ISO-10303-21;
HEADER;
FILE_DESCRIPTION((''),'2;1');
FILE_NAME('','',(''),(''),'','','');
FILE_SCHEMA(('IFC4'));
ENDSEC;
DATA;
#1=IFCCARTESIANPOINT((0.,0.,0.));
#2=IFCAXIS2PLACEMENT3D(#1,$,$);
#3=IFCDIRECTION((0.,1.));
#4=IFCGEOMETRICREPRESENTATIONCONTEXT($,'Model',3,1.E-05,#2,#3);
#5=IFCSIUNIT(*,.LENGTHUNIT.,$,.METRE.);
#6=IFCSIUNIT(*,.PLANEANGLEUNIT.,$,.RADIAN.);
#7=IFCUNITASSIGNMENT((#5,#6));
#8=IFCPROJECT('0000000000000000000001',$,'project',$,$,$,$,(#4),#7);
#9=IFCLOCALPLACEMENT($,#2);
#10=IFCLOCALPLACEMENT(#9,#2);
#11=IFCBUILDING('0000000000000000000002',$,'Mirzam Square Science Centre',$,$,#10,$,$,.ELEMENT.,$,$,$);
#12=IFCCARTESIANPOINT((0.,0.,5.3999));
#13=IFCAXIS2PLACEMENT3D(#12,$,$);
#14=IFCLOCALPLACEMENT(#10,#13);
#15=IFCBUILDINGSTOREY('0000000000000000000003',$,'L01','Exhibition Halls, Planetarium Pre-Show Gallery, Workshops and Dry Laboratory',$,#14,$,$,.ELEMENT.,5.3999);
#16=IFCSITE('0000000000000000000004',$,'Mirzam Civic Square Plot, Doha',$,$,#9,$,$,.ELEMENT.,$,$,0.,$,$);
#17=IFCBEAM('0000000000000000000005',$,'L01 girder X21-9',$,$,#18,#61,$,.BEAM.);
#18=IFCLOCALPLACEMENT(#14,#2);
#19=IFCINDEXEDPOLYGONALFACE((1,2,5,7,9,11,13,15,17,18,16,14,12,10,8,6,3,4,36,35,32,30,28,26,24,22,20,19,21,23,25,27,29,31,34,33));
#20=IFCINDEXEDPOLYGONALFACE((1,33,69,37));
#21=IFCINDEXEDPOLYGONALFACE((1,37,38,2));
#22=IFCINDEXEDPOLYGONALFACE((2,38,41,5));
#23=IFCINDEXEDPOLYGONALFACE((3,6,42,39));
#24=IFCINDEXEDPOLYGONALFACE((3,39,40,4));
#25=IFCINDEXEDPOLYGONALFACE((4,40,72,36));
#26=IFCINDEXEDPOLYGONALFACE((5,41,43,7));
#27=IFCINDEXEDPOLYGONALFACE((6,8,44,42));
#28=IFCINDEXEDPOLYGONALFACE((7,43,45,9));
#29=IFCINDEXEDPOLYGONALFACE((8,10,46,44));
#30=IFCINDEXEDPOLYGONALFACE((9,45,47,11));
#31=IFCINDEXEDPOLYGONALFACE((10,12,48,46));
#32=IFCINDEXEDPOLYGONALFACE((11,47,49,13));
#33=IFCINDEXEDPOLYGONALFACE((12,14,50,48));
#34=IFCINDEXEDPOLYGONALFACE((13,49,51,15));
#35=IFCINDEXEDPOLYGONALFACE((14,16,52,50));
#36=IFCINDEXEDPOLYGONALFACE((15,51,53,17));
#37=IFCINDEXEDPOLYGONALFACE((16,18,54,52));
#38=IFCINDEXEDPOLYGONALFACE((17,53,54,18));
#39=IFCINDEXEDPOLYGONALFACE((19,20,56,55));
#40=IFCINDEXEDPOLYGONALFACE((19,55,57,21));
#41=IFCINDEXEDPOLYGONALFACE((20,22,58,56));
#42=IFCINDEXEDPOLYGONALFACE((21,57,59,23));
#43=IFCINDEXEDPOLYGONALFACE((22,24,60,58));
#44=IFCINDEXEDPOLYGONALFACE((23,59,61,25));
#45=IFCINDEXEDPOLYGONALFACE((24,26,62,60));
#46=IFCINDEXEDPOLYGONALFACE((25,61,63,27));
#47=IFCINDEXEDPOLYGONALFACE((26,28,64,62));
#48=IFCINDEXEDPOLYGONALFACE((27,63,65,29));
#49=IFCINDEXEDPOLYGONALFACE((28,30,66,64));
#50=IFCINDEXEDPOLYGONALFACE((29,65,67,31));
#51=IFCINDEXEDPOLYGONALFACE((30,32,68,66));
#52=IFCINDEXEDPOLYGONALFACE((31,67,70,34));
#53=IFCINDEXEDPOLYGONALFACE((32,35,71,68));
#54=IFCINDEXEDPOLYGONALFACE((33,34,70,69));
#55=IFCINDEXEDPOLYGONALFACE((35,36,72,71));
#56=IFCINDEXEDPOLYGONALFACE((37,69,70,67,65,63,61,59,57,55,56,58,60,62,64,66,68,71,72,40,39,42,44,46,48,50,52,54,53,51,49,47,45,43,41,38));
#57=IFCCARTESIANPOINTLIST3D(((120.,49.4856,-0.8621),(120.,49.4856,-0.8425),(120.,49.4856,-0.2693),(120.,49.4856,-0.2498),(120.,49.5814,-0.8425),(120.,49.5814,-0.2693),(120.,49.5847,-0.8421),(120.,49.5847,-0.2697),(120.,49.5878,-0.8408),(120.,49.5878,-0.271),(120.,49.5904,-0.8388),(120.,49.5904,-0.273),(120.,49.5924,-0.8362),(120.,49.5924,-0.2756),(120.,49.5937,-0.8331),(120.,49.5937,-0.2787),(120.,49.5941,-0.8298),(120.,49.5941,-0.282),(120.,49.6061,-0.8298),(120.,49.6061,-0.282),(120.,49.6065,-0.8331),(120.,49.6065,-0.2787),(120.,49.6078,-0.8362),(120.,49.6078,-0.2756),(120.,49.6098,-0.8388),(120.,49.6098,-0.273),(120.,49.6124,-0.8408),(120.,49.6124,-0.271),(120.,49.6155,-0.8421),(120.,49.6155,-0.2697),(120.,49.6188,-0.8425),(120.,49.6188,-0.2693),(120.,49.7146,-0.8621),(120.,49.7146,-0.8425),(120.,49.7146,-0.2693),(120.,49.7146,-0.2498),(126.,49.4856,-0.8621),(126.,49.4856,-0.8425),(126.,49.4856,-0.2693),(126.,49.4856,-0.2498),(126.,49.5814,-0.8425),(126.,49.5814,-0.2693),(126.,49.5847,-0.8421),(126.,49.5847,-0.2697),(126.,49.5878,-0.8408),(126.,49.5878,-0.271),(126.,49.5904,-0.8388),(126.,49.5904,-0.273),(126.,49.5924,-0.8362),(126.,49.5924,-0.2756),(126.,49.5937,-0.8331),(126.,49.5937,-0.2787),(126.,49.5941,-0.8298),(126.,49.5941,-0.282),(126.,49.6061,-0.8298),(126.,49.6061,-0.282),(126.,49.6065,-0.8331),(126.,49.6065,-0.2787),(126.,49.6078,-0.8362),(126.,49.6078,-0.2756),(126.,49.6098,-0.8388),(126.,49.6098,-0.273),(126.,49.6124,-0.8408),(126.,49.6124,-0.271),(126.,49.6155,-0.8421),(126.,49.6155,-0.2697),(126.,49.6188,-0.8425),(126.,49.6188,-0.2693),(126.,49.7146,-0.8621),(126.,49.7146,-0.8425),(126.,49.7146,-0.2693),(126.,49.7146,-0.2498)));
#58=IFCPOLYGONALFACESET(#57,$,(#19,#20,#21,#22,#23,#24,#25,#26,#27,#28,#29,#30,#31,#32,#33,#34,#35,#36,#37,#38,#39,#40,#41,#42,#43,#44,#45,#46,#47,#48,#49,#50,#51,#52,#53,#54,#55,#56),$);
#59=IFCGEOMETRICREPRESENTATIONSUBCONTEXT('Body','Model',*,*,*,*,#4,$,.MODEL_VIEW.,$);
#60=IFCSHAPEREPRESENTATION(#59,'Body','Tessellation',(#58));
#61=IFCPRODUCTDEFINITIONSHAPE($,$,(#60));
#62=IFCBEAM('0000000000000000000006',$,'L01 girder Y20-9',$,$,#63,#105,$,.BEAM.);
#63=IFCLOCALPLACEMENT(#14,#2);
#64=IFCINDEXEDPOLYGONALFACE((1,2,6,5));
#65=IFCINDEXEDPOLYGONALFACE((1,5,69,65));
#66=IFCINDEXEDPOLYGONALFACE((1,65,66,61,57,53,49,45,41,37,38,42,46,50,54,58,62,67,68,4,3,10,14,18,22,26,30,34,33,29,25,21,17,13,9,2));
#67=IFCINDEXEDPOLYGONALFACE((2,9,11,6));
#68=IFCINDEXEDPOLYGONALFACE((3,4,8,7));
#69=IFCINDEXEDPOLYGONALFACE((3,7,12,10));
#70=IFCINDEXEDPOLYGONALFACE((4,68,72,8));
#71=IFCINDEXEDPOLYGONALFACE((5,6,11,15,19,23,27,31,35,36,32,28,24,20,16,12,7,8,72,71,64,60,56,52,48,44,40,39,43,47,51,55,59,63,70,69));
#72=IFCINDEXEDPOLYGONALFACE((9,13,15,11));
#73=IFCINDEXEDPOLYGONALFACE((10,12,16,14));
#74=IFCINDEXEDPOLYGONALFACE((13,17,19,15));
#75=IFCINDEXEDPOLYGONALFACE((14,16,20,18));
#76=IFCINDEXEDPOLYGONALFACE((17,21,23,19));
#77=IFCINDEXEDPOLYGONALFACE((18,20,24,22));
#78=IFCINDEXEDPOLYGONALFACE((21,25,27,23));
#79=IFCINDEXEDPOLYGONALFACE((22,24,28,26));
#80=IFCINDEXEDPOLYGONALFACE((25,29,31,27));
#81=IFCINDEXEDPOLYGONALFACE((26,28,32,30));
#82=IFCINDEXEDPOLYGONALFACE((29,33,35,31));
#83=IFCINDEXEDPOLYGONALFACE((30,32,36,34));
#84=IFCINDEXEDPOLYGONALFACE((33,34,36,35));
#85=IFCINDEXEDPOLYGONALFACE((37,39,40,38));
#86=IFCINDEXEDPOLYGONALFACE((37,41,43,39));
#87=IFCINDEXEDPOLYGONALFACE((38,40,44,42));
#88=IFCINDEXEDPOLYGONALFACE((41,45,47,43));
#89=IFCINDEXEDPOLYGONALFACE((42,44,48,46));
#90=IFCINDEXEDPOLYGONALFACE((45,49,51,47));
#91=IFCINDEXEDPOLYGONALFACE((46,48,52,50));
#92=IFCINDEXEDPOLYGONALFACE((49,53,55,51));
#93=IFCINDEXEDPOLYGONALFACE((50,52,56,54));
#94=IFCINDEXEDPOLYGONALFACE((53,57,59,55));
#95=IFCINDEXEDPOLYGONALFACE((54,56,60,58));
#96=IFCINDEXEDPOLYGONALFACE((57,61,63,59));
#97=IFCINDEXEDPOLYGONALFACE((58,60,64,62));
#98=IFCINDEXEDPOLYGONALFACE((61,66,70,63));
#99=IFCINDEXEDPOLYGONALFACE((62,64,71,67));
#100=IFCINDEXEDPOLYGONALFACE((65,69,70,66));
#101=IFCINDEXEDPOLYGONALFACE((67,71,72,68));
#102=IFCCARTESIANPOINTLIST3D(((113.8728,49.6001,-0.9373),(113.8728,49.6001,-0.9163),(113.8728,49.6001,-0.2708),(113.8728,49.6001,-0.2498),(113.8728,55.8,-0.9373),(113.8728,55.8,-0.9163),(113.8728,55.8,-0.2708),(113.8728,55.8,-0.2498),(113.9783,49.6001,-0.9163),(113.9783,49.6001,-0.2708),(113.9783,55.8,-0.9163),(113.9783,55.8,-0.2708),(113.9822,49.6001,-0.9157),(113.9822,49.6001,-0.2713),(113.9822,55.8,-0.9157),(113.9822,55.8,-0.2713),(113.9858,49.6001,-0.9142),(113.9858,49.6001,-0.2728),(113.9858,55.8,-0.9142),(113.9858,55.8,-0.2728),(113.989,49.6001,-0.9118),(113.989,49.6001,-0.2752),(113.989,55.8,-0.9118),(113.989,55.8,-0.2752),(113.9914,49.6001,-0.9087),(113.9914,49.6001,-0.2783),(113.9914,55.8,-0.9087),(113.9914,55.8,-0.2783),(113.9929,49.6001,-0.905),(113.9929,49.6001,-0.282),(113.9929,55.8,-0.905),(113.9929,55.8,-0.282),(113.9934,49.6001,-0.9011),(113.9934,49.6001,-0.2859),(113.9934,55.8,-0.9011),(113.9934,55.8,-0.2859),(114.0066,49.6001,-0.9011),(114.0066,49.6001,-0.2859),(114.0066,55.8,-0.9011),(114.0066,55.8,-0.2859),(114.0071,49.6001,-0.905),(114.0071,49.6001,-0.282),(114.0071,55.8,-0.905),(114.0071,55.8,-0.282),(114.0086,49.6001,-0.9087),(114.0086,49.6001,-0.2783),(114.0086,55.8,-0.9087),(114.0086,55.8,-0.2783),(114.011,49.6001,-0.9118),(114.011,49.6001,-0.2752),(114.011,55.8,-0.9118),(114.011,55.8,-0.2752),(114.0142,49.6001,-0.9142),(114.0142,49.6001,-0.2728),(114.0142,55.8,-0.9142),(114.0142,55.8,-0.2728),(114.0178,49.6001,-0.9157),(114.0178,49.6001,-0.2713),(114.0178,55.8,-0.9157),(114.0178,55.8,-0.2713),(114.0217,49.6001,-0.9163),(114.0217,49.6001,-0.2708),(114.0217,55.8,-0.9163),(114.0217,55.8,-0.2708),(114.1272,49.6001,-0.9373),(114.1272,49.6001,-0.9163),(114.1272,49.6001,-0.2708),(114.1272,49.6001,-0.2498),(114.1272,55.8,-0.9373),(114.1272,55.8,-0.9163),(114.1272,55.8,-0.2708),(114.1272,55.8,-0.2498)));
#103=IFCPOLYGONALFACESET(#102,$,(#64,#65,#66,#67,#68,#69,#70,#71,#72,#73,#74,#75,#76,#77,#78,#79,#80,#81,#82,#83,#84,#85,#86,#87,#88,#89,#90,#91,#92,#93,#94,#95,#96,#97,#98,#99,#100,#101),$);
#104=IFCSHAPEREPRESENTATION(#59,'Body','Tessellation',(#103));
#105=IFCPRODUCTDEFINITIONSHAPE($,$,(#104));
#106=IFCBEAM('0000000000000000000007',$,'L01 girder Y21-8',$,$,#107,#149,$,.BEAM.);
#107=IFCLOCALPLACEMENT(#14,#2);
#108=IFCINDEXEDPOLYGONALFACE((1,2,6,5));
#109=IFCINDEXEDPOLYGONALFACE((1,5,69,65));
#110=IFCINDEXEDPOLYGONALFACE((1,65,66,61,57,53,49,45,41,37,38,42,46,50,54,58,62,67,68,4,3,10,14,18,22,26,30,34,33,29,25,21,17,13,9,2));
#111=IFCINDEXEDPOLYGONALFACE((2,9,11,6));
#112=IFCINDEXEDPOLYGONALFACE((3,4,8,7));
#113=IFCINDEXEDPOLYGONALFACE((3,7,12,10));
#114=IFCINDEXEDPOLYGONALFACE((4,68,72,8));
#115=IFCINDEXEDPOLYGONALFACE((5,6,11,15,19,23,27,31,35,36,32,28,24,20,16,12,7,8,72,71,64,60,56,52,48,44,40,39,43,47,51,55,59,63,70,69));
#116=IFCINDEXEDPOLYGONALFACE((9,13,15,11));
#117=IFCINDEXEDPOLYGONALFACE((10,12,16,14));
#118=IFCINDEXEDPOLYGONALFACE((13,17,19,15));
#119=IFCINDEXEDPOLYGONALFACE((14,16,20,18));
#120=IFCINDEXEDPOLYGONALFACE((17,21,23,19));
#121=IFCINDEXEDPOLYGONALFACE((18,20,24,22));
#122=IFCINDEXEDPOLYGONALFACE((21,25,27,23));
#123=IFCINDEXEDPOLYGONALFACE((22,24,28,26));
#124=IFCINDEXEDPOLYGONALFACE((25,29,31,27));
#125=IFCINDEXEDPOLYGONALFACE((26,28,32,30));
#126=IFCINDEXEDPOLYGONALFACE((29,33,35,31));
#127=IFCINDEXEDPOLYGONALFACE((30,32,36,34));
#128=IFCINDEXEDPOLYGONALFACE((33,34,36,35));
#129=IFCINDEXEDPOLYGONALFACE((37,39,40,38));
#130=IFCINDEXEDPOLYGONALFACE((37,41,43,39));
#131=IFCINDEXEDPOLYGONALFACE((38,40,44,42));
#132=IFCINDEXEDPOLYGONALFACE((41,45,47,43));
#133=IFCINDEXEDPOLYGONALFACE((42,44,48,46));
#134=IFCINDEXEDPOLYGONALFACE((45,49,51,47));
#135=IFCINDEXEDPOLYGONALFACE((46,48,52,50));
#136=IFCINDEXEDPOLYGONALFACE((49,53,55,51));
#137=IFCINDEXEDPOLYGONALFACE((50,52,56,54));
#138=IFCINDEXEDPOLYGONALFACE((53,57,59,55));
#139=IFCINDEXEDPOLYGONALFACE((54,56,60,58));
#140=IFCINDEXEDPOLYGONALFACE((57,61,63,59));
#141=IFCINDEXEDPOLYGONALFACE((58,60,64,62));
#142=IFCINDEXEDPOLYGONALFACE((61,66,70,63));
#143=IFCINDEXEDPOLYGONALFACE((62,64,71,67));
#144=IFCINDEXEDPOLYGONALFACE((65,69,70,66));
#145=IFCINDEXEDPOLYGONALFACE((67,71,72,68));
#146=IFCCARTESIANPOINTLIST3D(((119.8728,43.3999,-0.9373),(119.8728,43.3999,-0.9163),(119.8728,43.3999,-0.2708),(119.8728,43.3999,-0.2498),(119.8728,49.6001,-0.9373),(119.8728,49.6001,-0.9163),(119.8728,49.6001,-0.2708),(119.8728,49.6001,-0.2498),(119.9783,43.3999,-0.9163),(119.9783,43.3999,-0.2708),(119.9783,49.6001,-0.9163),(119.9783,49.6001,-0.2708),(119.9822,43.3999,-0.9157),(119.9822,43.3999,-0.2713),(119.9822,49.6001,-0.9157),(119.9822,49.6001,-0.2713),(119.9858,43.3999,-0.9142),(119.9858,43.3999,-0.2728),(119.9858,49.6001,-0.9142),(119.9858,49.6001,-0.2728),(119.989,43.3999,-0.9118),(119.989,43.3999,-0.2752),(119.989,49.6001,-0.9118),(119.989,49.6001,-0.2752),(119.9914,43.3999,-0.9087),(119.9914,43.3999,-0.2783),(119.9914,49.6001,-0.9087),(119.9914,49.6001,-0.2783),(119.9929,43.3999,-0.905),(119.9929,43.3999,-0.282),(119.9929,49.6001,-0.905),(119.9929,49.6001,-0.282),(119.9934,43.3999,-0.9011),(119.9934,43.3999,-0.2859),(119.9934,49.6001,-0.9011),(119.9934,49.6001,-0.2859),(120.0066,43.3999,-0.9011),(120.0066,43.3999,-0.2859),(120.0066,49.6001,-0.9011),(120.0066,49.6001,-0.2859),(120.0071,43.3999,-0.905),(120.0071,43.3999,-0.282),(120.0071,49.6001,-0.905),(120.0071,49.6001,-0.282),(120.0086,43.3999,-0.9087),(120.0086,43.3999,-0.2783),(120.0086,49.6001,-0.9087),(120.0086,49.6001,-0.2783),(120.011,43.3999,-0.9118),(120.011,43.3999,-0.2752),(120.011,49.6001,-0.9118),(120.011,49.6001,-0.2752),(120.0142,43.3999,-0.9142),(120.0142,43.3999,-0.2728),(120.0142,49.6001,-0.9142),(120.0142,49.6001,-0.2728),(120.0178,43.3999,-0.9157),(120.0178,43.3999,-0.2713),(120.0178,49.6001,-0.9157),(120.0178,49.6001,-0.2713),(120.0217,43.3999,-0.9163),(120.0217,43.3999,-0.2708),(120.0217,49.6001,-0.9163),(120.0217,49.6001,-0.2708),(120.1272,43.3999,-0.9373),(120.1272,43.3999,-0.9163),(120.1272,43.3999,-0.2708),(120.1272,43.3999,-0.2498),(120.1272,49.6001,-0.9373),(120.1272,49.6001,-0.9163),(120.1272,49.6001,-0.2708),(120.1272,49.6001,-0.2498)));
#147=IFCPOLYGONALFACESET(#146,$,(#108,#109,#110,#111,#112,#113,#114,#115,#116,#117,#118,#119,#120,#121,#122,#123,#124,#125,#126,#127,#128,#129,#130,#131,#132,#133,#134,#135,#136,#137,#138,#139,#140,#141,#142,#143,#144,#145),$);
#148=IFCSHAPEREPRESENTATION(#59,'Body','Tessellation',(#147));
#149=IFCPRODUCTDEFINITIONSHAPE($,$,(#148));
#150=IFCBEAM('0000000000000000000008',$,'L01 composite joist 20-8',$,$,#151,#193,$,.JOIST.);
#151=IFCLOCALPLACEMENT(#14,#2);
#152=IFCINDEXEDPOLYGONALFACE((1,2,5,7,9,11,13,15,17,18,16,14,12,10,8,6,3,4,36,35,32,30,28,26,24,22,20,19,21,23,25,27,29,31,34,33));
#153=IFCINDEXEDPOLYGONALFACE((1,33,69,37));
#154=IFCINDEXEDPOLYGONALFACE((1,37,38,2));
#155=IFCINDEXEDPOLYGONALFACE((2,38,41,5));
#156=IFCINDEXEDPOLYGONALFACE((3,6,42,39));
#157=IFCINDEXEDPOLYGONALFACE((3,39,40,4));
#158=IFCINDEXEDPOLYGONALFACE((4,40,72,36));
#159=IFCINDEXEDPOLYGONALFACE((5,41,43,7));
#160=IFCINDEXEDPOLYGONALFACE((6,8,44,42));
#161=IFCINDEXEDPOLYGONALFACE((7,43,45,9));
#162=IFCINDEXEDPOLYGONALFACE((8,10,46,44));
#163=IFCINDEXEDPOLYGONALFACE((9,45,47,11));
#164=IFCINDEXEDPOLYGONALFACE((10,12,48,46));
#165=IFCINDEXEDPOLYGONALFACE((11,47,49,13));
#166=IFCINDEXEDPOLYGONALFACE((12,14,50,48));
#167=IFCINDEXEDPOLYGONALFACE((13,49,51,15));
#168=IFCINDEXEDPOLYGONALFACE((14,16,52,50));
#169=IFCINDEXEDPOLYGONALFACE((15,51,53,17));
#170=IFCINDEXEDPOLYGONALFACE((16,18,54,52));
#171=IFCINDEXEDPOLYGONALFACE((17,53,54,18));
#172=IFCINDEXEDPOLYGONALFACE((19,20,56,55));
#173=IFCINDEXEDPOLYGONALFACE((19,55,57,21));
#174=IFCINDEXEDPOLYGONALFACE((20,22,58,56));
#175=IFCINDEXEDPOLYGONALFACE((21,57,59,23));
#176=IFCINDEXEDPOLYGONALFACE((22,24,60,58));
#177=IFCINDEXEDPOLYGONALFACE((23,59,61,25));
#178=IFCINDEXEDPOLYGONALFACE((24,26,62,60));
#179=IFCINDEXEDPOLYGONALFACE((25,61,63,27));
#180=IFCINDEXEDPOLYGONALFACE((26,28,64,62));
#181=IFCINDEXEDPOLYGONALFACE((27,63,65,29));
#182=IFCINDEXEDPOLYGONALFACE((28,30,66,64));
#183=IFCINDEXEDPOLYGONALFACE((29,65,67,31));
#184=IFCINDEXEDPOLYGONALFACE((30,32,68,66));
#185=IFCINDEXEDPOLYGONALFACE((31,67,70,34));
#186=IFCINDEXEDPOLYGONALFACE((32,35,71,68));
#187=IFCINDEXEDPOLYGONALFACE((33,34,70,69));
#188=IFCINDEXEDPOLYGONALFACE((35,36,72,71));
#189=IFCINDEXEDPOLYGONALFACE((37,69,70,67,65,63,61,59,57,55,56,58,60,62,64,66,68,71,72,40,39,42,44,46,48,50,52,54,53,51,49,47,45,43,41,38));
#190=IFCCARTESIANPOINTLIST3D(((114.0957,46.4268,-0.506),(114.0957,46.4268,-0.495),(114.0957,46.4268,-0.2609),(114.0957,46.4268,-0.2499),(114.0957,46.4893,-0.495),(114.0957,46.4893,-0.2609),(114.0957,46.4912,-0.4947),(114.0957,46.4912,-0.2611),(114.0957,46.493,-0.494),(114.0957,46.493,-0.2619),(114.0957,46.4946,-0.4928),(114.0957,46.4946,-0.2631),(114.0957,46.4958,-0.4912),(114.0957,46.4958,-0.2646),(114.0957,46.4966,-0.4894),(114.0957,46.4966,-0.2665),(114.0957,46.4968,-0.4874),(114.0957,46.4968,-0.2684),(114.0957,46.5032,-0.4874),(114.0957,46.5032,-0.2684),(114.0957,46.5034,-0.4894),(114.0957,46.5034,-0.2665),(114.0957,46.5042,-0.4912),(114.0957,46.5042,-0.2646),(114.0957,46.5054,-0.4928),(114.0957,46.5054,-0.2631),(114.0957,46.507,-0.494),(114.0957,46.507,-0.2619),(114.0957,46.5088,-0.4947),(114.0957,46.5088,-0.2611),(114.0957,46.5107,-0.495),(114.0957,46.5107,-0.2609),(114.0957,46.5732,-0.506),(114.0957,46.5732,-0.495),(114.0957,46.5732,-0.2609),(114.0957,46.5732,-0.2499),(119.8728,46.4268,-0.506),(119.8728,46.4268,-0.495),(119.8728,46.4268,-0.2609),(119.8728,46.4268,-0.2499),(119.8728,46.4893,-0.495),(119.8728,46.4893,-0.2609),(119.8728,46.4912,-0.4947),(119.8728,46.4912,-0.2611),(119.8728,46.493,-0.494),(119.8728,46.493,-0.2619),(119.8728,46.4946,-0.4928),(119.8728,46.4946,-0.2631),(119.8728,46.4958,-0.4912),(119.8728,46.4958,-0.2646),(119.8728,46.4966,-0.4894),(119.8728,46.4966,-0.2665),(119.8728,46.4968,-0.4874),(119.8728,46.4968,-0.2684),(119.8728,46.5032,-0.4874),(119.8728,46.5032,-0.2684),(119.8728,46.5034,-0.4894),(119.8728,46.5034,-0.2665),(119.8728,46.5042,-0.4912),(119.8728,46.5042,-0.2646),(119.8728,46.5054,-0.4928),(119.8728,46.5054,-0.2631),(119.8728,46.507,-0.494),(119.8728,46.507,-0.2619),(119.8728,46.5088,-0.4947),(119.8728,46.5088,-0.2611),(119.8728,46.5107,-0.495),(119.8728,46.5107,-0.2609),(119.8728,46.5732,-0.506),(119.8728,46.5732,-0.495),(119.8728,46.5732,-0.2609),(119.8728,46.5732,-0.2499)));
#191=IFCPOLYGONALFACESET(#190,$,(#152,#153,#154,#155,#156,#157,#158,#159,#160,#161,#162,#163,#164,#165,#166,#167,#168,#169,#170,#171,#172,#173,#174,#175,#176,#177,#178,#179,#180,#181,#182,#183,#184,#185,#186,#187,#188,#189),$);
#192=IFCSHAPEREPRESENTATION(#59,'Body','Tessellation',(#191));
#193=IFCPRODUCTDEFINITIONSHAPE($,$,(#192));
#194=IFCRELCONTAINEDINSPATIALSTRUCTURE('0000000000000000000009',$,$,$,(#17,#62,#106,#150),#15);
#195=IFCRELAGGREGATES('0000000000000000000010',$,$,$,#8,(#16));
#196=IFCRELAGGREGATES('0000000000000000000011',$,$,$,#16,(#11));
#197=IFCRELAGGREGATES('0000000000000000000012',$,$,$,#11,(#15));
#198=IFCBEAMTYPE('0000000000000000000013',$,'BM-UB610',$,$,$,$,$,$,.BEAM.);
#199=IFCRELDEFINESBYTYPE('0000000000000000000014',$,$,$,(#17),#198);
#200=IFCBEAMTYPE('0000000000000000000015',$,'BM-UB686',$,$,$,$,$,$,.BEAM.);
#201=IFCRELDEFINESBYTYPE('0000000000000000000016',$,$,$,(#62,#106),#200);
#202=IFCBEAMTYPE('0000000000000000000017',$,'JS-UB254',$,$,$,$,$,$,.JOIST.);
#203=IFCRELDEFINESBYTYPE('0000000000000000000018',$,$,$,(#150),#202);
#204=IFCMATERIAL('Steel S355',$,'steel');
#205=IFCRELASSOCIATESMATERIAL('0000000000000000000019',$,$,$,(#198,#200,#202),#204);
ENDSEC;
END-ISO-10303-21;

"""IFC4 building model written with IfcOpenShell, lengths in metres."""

from ifc_helpers import new_model, si_unit, direction, frame, origin, origin_2d, place, context, subcontext, project, spatial, i_section, extrude, material, material_profile, profile_set, type_object, element, save


model = new_model("IFC4")

# Units and contexts
model_context = context("Model", 3, precision=1e-05, world=origin(), true_north=direction((0.0, 1.0)))
body_context = subcontext(model_context, "Body", "Model", "MODEL_VIEW")
ifc_project = project(units=[si_unit("LENGTHUNIT", "METRE"), si_unit("PLANEANGLEUNIT", "RADIAN")], contexts=[model_context])

# Site, building, storey
site_placement = place(None, origin())
site = spatial("IfcSite", under=ifc_project, at=site_placement, Name="Mirzam Civic Square Plot, Doha", CompositionType="ELEMENT", RefElevation=0.0)
building_placement = place(site_placement, origin())
building = spatial("IfcBuilding", under=site, at=building_placement, Name="Mirzam Square Science Centre", CompositionType="ELEMENT")
storey_placement = place(building_placement, frame((0.0, 0.0, 5.3999)))
storey = spatial("IfcBuildingStorey", under=building, at=storey_placement, Name="L01", Description="Exhibition Halls, Planetarium Pre-Show Gallery, Workshops and Dry Laboratory", CompositionType="ELEMENT", Elevation=5.3999)

# Shared definitions
ifc_material_1 = material(Name="Steel S355", Category="steel")

# Beams
ifc_material_profile_1 = material_profile(ifc_material_1, i_section(OverallWidth=0.229, OverallDepth=0.6123, WebThickness=0.012, FlangeThickness=0.0195, FilletRadius=0.0127, at=origin_2d()), Name="610x229x125UB")
ifc_profile_set_1 = profile_set([ifc_material_profile_1], Name="Steel S355")
beam_type_1 = type_object("IfcBeamType", Name="BM-UB610", PredefinedType="BEAM", material=ifc_profile_set_1)
for number, where, z_axis, x_axis, name in (
    (1, (120.0, 49.6001, -0.5559), (1.0, 0.0, 0.0), (0.0, 1.0, 0.0), "L01 girder X21-9"),
):
    element("IfcBeam", number, at=place(storey_placement, frame(where, z_axis=z_axis, x_axis=x_axis)), inside=storey, type_object=beam_type_1, Name=name, PredefinedType="BEAM", context=body_context, shape_type="SweptSolid", body=[
        extrude(i_section(OverallWidth=0.229, OverallDepth=0.6123, WebThickness=0.012, FlangeThickness=0.0195, FilletRadius=0.0127, at=origin_2d()), origin(), (0.0, 0.0, 1.0), 6.0),
    ])
ifc_material_profile_2 = material_profile(ifc_material_1, i_section(OverallWidth=0.2544, OverallDepth=0.6875, WebThickness=0.0132, FlangeThickness=0.021, FilletRadius=0.0151, at=origin_2d()), Name="686x254x152UB")
ifc_profile_set_2 = profile_set([ifc_material_profile_2], Name="Steel S355")
beam_type_2 = type_object("IfcBeamType", Name="BM-UB686", PredefinedType="BEAM", material=ifc_profile_set_2)
beam_1_placement = place(storey_placement, frame((114.0, 49.6001, -0.5935), z_axis=(0.0, 1.0, 0.0), x_axis=(-1.0, 0.0, 0.0)))
element("IfcBeam", 2, at=beam_1_placement, inside=storey, type_object=beam_type_2, Name="L01 girder Y20-9", PredefinedType="BEAM", context=body_context, shape_type="SweptSolid", body=[
    extrude(i_section(OverallWidth=0.2544, OverallDepth=0.6875, WebThickness=0.0132, FlangeThickness=0.021, FilletRadius=0.0151, at=origin_2d()), origin(), (0.0, 0.0, 1.0), 6.2),
])
beam_2_placement = place(storey_placement, frame((120.0, 43.3999, -0.5935), z_axis=(0.0, 1.0, 0.0), x_axis=(-1.0, 0.0, 0.0)))
element("IfcBeam", 3, at=beam_2_placement, inside=storey, type_object=beam_type_2, Name="L01 girder Y21-8", PredefinedType="BEAM", context=body_context, shape_type="SweptSolid", body=[
    extrude(i_section(OverallWidth=0.2544, OverallDepth=0.6875, WebThickness=0.0132, FlangeThickness=0.021, FilletRadius=0.0151, at=origin_2d()), origin(), (0.0, 0.0, 1.0), 6.2002),
])
ifc_material_profile_3 = material_profile(ifc_material_1, i_section(OverallWidth=0.1465, OverallDepth=0.2561, WebThickness=0.0063, FlangeThickness=0.011, FilletRadius=0.0076, at=origin_2d()), Name="254x146x37UB")
ifc_profile_set_3 = profile_set([ifc_material_profile_3], Name="Steel S355")
beam_type_3 = type_object("IfcBeamType", Name="JS-UB254", PredefinedType="JOIST", material=ifc_profile_set_3)
beam_3_placement = place(storey_placement, frame((114.0957, 46.5, -0.3779), z_axis=(1.0, 0.0, 0.0), x_axis=(0.0, 1.0, 0.0)))
element("IfcBeam", 4, at=beam_3_placement, inside=storey, type_object=beam_type_3, Name="L01 composite joist 20-8", PredefinedType="JOIST", context=body_context, shape_type="SweptSolid", body=[
    extrude(i_section(OverallWidth=0.1465, OverallDepth=0.2561, WebThickness=0.0063, FlangeThickness=0.011, FilletRadius=0.0076, at=origin_2d()), origin(), (0.0, 0.0, 1.0), 5.7771),
])

save(model, "model.ifc")
